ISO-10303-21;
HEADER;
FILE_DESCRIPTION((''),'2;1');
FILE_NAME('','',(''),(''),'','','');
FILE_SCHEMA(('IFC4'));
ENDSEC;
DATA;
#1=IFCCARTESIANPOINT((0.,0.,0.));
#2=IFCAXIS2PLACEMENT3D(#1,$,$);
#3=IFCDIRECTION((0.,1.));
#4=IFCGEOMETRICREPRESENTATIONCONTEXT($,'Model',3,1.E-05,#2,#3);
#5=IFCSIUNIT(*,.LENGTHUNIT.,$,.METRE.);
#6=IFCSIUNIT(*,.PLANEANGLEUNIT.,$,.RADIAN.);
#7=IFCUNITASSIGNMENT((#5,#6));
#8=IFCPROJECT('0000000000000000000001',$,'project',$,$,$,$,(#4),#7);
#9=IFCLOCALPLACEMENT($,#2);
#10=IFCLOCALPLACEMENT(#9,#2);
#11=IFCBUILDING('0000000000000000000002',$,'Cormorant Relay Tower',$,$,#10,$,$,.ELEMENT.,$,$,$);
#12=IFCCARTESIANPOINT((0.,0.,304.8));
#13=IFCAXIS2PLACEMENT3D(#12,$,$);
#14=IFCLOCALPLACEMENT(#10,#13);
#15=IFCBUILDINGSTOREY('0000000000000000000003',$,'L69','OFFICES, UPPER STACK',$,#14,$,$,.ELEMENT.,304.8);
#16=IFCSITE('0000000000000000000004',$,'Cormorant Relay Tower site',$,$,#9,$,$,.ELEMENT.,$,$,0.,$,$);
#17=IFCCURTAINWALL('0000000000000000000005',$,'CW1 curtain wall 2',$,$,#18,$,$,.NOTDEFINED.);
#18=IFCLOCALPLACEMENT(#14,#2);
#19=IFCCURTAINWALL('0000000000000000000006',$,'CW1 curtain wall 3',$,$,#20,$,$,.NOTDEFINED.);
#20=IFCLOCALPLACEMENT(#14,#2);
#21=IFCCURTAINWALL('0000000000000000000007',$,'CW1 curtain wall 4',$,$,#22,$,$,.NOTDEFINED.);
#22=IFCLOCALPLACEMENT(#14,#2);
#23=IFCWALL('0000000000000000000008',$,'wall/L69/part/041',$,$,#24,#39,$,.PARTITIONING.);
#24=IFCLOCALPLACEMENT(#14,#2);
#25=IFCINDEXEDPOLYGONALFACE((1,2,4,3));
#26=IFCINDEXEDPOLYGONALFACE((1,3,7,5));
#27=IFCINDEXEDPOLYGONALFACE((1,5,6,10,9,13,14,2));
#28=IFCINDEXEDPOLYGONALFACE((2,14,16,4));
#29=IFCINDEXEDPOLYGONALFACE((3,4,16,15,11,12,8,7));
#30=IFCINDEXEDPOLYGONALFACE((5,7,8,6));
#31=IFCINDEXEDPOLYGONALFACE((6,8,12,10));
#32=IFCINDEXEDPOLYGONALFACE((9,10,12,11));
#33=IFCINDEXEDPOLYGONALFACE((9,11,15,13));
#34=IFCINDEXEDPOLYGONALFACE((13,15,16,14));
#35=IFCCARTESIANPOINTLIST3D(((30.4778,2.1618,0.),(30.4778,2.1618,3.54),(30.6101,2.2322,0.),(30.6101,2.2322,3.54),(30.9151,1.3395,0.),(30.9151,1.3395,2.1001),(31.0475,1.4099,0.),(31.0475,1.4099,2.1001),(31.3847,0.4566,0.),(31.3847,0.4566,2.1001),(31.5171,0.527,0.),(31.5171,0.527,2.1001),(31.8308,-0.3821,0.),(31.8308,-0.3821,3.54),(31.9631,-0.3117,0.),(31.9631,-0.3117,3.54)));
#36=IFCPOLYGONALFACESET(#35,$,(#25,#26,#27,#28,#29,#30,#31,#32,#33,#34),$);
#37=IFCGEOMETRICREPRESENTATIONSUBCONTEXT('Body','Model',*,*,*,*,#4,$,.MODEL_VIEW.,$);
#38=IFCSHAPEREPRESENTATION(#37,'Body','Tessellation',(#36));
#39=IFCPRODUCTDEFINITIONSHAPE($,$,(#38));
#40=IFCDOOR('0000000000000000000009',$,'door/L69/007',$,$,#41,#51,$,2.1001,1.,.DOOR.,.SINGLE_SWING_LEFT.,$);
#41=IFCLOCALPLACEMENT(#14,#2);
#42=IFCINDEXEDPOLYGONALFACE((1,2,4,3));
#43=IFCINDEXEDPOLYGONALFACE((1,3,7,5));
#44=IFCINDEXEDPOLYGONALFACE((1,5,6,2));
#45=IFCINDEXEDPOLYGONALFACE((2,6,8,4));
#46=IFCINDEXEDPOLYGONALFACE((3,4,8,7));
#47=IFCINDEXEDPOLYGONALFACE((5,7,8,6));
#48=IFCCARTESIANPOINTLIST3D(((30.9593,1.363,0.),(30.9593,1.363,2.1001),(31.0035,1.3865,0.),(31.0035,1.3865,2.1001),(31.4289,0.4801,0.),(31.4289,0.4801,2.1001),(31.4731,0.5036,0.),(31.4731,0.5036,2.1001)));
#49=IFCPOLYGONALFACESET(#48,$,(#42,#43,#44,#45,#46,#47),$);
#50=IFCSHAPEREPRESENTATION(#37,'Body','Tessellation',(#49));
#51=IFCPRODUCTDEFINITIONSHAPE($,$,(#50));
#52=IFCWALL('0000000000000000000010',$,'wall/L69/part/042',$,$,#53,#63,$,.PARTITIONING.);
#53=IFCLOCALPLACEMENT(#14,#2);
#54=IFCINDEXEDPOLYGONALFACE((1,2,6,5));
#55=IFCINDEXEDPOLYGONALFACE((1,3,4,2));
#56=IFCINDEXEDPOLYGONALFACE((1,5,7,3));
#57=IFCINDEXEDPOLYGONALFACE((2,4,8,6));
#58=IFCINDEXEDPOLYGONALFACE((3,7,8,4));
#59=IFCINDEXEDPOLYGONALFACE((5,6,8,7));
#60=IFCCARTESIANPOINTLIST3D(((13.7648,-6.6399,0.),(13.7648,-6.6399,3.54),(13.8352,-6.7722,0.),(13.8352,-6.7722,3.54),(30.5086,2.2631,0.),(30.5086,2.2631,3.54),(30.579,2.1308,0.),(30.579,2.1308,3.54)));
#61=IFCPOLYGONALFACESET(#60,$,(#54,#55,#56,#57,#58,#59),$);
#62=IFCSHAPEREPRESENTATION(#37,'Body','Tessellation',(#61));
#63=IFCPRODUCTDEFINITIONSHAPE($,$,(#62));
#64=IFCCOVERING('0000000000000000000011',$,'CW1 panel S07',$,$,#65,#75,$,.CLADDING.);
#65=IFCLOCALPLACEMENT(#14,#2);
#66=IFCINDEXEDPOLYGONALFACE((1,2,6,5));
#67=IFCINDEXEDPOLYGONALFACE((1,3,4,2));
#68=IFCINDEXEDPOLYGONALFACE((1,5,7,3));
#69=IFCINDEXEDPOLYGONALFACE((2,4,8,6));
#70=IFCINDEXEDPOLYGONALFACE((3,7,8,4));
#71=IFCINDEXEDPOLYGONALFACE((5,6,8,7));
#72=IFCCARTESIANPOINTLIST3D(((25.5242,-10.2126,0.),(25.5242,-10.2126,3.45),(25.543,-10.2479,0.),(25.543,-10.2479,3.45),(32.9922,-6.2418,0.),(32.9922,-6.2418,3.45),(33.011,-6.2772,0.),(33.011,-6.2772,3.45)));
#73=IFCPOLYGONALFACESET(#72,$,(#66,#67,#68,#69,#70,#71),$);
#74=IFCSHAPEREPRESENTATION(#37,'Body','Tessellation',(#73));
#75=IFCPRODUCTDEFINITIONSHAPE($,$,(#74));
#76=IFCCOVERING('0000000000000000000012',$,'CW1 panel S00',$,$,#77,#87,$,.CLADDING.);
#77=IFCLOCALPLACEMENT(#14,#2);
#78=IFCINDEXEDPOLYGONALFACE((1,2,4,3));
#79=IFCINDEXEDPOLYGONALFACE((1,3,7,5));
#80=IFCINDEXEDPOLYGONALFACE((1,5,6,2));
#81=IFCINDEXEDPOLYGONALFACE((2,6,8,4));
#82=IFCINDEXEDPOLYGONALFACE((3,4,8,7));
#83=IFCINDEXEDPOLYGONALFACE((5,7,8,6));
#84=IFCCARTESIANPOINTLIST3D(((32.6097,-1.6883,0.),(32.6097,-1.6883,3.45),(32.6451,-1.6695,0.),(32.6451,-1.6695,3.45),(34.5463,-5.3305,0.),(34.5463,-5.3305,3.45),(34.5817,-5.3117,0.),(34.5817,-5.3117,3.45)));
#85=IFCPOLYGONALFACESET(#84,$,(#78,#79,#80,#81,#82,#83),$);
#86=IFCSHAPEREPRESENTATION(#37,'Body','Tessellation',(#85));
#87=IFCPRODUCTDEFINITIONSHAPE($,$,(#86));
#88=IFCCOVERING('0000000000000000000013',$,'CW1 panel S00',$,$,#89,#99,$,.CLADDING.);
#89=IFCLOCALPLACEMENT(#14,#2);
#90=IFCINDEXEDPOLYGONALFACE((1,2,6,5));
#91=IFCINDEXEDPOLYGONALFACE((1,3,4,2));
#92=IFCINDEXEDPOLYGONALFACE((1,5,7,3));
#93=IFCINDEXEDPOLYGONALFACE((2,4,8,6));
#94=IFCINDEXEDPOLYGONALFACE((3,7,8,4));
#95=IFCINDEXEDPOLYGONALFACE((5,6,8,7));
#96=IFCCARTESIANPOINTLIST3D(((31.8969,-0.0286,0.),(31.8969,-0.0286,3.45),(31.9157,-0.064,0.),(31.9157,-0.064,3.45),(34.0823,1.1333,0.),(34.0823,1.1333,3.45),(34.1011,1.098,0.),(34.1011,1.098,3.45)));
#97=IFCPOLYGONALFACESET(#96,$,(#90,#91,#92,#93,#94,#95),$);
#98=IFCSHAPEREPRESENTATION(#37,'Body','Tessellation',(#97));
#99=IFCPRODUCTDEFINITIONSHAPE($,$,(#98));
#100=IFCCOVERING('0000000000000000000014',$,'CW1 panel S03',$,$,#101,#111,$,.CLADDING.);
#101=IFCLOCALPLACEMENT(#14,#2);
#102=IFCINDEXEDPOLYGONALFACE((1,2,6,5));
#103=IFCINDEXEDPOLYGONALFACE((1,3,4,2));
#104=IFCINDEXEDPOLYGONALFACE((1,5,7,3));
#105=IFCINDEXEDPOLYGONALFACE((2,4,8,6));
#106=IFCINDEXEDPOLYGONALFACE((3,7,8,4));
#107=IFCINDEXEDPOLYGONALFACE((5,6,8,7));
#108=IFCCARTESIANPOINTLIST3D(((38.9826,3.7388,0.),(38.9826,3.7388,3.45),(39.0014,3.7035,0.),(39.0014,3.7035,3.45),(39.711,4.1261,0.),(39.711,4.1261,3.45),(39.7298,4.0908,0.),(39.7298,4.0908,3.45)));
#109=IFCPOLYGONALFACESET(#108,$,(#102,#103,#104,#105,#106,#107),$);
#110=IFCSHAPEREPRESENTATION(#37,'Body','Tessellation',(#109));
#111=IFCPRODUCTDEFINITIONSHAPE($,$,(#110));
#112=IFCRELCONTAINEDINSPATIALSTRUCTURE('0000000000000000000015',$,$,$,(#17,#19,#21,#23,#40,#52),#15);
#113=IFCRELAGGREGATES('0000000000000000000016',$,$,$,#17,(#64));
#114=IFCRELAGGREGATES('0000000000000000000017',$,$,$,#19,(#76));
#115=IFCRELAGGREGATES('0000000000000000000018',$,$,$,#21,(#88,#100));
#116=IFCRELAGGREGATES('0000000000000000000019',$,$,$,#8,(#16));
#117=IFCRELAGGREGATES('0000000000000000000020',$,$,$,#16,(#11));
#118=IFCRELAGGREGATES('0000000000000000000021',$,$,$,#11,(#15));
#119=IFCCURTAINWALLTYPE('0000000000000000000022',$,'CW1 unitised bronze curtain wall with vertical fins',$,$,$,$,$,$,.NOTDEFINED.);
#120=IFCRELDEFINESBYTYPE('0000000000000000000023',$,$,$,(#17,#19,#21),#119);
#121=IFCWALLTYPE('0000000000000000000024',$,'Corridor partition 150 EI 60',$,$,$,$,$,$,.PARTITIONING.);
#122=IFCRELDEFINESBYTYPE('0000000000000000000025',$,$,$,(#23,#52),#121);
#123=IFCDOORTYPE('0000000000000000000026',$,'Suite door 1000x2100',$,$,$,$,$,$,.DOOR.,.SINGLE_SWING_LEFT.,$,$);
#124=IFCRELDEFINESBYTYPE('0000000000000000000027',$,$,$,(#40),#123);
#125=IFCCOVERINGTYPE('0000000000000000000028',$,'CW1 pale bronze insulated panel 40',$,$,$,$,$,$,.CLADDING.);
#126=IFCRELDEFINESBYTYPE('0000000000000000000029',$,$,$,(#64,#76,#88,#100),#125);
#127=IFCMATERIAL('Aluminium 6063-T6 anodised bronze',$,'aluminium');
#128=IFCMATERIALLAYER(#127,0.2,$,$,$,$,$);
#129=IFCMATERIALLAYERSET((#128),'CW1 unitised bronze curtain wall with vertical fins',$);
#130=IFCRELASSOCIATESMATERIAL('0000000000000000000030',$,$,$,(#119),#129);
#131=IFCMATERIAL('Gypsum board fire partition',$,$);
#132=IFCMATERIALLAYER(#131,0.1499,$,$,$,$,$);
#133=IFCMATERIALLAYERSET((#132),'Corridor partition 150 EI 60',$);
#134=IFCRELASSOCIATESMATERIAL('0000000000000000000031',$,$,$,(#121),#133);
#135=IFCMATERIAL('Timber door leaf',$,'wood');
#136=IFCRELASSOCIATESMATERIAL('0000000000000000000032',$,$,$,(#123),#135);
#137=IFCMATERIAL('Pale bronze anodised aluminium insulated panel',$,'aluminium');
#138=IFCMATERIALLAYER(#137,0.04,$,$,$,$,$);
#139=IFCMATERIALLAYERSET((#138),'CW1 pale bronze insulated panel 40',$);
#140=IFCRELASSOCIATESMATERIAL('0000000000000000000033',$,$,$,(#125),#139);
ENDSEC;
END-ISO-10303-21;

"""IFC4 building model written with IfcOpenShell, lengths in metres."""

from ifc_helpers import new_model, si_unit, direction, frame, frame_2d, origin, origin_2d, place, context, subcontext, project, spatial, rectangle, extrude, material, layer, layer_set, type_object, element, fill, aggregate, save


model = new_model("IFC4")

# Units and contexts
model_context = context("Model", 3, precision=1e-05, world=origin(), true_north=direction((0.0, 1.0)))
body_context = subcontext(model_context, "Body", "Model", "MODEL_VIEW")
ifc_project = project(units=[si_unit("LENGTHUNIT", "METRE"), si_unit("PLANEANGLEUNIT", "RADIAN")], contexts=[model_context])

# Site, building, storey
site_placement = place(None, origin())
site = spatial("IfcSite", under=ifc_project, at=site_placement, Name="Cormorant Relay Tower site", CompositionType="ELEMENT", RefElevation=0.0)
building_placement = place(site_placement, origin())
building = spatial("IfcBuilding", under=site, at=building_placement, Name="Cormorant Relay Tower", CompositionType="ELEMENT")
storey_placement = place(building_placement, frame((0.0, 0.0, 304.8)))
storey = spatial("IfcBuildingStorey", under=building, at=storey_placement, Name="L69", Description="OFFICES, UPPER STACK", CompositionType="ELEMENT", Elevation=304.8)

# Curtain walls
ifc_material_1 = material(Name="Aluminium 6063-T6 anodised bronze", Category="aluminium")
ifc_layer_1 = layer(ifc_material_1, 0.2)
ifc_layer_set_1 = layer_set([ifc_layer_1], Name="CW1 unitised bronze curtain wall with vertical fins")
curtain_wall_type = type_object("IfcCurtainWallType", Name="CW1 unitised bronze curtain wall with vertical fins", PredefinedType="NOTDEFINED", material=ifc_layer_set_1)
curtain_wall_1_placement = place(storey_placement, origin())
curtain_wall_1 = element("IfcCurtainWall", 1, at=curtain_wall_1_placement, inside=storey, type_object=curtain_wall_type, Name="CW1 curtain wall 2", PredefinedType="NOTDEFINED")
curtain_wall_2_placement = place(storey_placement, origin())
curtain_wall_2 = element("IfcCurtainWall", 2, at=curtain_wall_2_placement, inside=storey, type_object=curtain_wall_type, Name="CW1 curtain wall 3", PredefinedType="NOTDEFINED")

# Curtain wall
curtain_wall_3_placement = place(storey_placement, origin())
curtain_wall_3 = element("IfcCurtainWall", 3, at=curtain_wall_3_placement, inside=storey, type_object=curtain_wall_type, Name="CW1 curtain wall 4", PredefinedType="NOTDEFINED")

# Wall, opening, door
ifc_material_2 = material(Name="Gypsum board fire partition")
ifc_layer_2 = layer(ifc_material_2, 0.1499)
ifc_layer_set_2 = layer_set([ifc_layer_2], Name="Corridor partition 150 EI 60")
wall_type_1 = type_object("IfcWallType", Name="Corridor partition 150 EI 60", PredefinedType="PARTITIONING", material=ifc_layer_set_2)
wall_1_placement = place(storey_placement, frame((31.897, -0.3469, 0.0), z_axis=(0.0, 0.0, 1.0), x_axis=(-0.469576, 0.882892, 0.0)))
wall_1 = element("IfcWall", 4, at=wall_1_placement, inside=storey, type_object=wall_type_1, Name="wall/L69/part/041", PredefinedType="PARTITIONING", context=body_context, shape_type="SweptSolid", body=[
    extrude(rectangle(XDim=2.8813, YDim=0.1499, at=frame_2d((1.4407, 0.0))), origin(), (0.0, 0.0, 1.0), 3.54),
])
opening_1_placement = place(wall_1_placement, frame((0.95, 0.0, 0.0)))
opening_1 = element("IfcOpeningElement", 5, at=opening_1_placement, cuts=wall_1, PredefinedType="OPENING", context=body_context, shape_type="SweptSolid", body=[
    extrude(rectangle(XDim=1.0, YDim=2.1001, at=frame_2d((0.5, 1.05))), frame((0.0, 0.085, 0.0), z_axis=(0.0, -1.0, 0.0), x_axis=(1.0, 0.0, 0.0)), (0.0, 0.0, 1.0), 0.1699),
])
ifc_material_3 = material(Name="Timber door leaf", Category="wood")
door_type_1 = type_object("IfcDoorType", Name="Suite door 1000x2100", OperationType="SINGLE_SWING_LEFT", PredefinedType="DOOR", material=ifc_material_3)
door_1_placement = place(opening_1_placement, origin())
door_1 = element("IfcDoor", 6, at=door_1_placement, inside=storey, type_object=door_type_1, Name="door/L69/007", OperationType="SINGLE_SWING_LEFT", OverallHeight=2.1001, OverallWidth=1.0, PredefinedType="DOOR", context=body_context, shape_type="SweptSolid", body=[
    extrude(rectangle(XDim=1.0, YDim=2.1001, at=frame_2d((0.5, 1.05))), frame((0.0, 0.0249, 0.0), z_axis=(0.0, -1.0, 0.0), x_axis=(1.0, 0.0, 0.0)), (0.0, 0.0, 1.0), 0.05),
])
fill(opening_1, door_1)

# Wall
wall_2_placement = place(storey_placement, frame((30.5439, 2.197, 0.0), z_axis=(0.0, 0.0, 1.0), x_axis=(-0.882943, -0.469479, 0.0)))
element("IfcWall", 7, at=wall_2_placement, inside=storey, type_object=wall_type_1, Name="wall/L69/part/042", PredefinedType="PARTITIONING", context=body_context, shape_type="SweptSolid", body=[
    extrude(rectangle(XDim=18.9636, YDim=0.1499, at=frame_2d((9.4819, 0.0))), origin(), (0.0, 0.0, 1.0), 3.54),
])

# Coverings
ifc_material_4 = material(Name="Pale bronze anodised aluminium insulated panel", Category="aluminium")
ifc_layer_3 = layer(ifc_material_4, 0.04)
ifc_layer_set_3 = layer_set([ifc_layer_3], Name="CW1 pale bronze insulated panel 40")
covering_type = type_object("IfcCoveringType", Name="CW1 pale bronze insulated panel 40", PredefinedType="CLADDING", material=ifc_layer_set_3)
covering_1_placement = place(storey_placement, frame((29.2676, -8.2449, 0.0), z_axis=(0.0, 0.0, 1.0), x_axis=(0.882948, 0.469472, 0.0)))
covering_1 = element("IfcCovering", 8, at=covering_1_placement, type_object=covering_type, Name="CW1 panel S07", PredefinedType="CLADDING", context=body_context, shape_type="SweptSolid", body=[
    extrude(rectangle(XDim=8.458, YDim=0.04, at=origin_2d()), origin(), (0.0, 0.0, 1.0), 3.45),
])
aggregate(curtain_wall_1, [covering_1])
covering_2_placement = place(storey_placement, frame((33.5957, -3.5, 0.0), z_axis=(0.0, 0.0, 1.0), x_axis=(-0.469472, 0.882948, 0.0)))
covering_2 = element("IfcCovering", 9, at=covering_2_placement, type_object=covering_type, Name="CW1 panel S00", PredefinedType="CLADDING", context=body_context, shape_type="SweptSolid", body=[
    extrude(rectangle(XDim=4.125, YDim=0.04, at=origin_2d()), origin(), (0.0, 0.0, 1.0), 3.45),
])
aggregate(curtain_wall_2, [covering_2])
covering_3_placement = place(storey_placement, frame((32.999, 0.5347, 0.0), z_axis=(0.0, 0.0, 1.0), x_axis=(0.882948, 0.469472, 0.0)))
covering_3 = element("IfcCovering", 10, at=covering_3_placement, type_object=covering_type, Name="CW1 panel S00", PredefinedType="CLADDING", context=body_context, shape_type="SweptSolid", body=[
    extrude(rectangle(XDim=2.4751, YDim=0.04, at=origin_2d()), origin(), (0.0, 0.0, 1.0), 3.45),
])
covering_4_placement = place(storey_placement, frame((39.3562, 3.9148, 0.0), z_axis=(0.0, 0.0, 1.0), x_axis=(0.882948, 0.469472, 0.0)))
covering_4 = element("IfcCovering", 11, at=covering_4_placement, type_object=covering_type, Name="CW1 panel S03", PredefinedType="CLADDING", context=body_context, shape_type="SweptSolid", body=[
    extrude(rectangle(XDim=0.825, YDim=0.04, at=origin_2d()), origin(), (0.0, 0.0, 1.0), 3.45),
])
aggregate(curtain_wall_3, [covering_3, covering_4])

save(model, "model.ifc")
